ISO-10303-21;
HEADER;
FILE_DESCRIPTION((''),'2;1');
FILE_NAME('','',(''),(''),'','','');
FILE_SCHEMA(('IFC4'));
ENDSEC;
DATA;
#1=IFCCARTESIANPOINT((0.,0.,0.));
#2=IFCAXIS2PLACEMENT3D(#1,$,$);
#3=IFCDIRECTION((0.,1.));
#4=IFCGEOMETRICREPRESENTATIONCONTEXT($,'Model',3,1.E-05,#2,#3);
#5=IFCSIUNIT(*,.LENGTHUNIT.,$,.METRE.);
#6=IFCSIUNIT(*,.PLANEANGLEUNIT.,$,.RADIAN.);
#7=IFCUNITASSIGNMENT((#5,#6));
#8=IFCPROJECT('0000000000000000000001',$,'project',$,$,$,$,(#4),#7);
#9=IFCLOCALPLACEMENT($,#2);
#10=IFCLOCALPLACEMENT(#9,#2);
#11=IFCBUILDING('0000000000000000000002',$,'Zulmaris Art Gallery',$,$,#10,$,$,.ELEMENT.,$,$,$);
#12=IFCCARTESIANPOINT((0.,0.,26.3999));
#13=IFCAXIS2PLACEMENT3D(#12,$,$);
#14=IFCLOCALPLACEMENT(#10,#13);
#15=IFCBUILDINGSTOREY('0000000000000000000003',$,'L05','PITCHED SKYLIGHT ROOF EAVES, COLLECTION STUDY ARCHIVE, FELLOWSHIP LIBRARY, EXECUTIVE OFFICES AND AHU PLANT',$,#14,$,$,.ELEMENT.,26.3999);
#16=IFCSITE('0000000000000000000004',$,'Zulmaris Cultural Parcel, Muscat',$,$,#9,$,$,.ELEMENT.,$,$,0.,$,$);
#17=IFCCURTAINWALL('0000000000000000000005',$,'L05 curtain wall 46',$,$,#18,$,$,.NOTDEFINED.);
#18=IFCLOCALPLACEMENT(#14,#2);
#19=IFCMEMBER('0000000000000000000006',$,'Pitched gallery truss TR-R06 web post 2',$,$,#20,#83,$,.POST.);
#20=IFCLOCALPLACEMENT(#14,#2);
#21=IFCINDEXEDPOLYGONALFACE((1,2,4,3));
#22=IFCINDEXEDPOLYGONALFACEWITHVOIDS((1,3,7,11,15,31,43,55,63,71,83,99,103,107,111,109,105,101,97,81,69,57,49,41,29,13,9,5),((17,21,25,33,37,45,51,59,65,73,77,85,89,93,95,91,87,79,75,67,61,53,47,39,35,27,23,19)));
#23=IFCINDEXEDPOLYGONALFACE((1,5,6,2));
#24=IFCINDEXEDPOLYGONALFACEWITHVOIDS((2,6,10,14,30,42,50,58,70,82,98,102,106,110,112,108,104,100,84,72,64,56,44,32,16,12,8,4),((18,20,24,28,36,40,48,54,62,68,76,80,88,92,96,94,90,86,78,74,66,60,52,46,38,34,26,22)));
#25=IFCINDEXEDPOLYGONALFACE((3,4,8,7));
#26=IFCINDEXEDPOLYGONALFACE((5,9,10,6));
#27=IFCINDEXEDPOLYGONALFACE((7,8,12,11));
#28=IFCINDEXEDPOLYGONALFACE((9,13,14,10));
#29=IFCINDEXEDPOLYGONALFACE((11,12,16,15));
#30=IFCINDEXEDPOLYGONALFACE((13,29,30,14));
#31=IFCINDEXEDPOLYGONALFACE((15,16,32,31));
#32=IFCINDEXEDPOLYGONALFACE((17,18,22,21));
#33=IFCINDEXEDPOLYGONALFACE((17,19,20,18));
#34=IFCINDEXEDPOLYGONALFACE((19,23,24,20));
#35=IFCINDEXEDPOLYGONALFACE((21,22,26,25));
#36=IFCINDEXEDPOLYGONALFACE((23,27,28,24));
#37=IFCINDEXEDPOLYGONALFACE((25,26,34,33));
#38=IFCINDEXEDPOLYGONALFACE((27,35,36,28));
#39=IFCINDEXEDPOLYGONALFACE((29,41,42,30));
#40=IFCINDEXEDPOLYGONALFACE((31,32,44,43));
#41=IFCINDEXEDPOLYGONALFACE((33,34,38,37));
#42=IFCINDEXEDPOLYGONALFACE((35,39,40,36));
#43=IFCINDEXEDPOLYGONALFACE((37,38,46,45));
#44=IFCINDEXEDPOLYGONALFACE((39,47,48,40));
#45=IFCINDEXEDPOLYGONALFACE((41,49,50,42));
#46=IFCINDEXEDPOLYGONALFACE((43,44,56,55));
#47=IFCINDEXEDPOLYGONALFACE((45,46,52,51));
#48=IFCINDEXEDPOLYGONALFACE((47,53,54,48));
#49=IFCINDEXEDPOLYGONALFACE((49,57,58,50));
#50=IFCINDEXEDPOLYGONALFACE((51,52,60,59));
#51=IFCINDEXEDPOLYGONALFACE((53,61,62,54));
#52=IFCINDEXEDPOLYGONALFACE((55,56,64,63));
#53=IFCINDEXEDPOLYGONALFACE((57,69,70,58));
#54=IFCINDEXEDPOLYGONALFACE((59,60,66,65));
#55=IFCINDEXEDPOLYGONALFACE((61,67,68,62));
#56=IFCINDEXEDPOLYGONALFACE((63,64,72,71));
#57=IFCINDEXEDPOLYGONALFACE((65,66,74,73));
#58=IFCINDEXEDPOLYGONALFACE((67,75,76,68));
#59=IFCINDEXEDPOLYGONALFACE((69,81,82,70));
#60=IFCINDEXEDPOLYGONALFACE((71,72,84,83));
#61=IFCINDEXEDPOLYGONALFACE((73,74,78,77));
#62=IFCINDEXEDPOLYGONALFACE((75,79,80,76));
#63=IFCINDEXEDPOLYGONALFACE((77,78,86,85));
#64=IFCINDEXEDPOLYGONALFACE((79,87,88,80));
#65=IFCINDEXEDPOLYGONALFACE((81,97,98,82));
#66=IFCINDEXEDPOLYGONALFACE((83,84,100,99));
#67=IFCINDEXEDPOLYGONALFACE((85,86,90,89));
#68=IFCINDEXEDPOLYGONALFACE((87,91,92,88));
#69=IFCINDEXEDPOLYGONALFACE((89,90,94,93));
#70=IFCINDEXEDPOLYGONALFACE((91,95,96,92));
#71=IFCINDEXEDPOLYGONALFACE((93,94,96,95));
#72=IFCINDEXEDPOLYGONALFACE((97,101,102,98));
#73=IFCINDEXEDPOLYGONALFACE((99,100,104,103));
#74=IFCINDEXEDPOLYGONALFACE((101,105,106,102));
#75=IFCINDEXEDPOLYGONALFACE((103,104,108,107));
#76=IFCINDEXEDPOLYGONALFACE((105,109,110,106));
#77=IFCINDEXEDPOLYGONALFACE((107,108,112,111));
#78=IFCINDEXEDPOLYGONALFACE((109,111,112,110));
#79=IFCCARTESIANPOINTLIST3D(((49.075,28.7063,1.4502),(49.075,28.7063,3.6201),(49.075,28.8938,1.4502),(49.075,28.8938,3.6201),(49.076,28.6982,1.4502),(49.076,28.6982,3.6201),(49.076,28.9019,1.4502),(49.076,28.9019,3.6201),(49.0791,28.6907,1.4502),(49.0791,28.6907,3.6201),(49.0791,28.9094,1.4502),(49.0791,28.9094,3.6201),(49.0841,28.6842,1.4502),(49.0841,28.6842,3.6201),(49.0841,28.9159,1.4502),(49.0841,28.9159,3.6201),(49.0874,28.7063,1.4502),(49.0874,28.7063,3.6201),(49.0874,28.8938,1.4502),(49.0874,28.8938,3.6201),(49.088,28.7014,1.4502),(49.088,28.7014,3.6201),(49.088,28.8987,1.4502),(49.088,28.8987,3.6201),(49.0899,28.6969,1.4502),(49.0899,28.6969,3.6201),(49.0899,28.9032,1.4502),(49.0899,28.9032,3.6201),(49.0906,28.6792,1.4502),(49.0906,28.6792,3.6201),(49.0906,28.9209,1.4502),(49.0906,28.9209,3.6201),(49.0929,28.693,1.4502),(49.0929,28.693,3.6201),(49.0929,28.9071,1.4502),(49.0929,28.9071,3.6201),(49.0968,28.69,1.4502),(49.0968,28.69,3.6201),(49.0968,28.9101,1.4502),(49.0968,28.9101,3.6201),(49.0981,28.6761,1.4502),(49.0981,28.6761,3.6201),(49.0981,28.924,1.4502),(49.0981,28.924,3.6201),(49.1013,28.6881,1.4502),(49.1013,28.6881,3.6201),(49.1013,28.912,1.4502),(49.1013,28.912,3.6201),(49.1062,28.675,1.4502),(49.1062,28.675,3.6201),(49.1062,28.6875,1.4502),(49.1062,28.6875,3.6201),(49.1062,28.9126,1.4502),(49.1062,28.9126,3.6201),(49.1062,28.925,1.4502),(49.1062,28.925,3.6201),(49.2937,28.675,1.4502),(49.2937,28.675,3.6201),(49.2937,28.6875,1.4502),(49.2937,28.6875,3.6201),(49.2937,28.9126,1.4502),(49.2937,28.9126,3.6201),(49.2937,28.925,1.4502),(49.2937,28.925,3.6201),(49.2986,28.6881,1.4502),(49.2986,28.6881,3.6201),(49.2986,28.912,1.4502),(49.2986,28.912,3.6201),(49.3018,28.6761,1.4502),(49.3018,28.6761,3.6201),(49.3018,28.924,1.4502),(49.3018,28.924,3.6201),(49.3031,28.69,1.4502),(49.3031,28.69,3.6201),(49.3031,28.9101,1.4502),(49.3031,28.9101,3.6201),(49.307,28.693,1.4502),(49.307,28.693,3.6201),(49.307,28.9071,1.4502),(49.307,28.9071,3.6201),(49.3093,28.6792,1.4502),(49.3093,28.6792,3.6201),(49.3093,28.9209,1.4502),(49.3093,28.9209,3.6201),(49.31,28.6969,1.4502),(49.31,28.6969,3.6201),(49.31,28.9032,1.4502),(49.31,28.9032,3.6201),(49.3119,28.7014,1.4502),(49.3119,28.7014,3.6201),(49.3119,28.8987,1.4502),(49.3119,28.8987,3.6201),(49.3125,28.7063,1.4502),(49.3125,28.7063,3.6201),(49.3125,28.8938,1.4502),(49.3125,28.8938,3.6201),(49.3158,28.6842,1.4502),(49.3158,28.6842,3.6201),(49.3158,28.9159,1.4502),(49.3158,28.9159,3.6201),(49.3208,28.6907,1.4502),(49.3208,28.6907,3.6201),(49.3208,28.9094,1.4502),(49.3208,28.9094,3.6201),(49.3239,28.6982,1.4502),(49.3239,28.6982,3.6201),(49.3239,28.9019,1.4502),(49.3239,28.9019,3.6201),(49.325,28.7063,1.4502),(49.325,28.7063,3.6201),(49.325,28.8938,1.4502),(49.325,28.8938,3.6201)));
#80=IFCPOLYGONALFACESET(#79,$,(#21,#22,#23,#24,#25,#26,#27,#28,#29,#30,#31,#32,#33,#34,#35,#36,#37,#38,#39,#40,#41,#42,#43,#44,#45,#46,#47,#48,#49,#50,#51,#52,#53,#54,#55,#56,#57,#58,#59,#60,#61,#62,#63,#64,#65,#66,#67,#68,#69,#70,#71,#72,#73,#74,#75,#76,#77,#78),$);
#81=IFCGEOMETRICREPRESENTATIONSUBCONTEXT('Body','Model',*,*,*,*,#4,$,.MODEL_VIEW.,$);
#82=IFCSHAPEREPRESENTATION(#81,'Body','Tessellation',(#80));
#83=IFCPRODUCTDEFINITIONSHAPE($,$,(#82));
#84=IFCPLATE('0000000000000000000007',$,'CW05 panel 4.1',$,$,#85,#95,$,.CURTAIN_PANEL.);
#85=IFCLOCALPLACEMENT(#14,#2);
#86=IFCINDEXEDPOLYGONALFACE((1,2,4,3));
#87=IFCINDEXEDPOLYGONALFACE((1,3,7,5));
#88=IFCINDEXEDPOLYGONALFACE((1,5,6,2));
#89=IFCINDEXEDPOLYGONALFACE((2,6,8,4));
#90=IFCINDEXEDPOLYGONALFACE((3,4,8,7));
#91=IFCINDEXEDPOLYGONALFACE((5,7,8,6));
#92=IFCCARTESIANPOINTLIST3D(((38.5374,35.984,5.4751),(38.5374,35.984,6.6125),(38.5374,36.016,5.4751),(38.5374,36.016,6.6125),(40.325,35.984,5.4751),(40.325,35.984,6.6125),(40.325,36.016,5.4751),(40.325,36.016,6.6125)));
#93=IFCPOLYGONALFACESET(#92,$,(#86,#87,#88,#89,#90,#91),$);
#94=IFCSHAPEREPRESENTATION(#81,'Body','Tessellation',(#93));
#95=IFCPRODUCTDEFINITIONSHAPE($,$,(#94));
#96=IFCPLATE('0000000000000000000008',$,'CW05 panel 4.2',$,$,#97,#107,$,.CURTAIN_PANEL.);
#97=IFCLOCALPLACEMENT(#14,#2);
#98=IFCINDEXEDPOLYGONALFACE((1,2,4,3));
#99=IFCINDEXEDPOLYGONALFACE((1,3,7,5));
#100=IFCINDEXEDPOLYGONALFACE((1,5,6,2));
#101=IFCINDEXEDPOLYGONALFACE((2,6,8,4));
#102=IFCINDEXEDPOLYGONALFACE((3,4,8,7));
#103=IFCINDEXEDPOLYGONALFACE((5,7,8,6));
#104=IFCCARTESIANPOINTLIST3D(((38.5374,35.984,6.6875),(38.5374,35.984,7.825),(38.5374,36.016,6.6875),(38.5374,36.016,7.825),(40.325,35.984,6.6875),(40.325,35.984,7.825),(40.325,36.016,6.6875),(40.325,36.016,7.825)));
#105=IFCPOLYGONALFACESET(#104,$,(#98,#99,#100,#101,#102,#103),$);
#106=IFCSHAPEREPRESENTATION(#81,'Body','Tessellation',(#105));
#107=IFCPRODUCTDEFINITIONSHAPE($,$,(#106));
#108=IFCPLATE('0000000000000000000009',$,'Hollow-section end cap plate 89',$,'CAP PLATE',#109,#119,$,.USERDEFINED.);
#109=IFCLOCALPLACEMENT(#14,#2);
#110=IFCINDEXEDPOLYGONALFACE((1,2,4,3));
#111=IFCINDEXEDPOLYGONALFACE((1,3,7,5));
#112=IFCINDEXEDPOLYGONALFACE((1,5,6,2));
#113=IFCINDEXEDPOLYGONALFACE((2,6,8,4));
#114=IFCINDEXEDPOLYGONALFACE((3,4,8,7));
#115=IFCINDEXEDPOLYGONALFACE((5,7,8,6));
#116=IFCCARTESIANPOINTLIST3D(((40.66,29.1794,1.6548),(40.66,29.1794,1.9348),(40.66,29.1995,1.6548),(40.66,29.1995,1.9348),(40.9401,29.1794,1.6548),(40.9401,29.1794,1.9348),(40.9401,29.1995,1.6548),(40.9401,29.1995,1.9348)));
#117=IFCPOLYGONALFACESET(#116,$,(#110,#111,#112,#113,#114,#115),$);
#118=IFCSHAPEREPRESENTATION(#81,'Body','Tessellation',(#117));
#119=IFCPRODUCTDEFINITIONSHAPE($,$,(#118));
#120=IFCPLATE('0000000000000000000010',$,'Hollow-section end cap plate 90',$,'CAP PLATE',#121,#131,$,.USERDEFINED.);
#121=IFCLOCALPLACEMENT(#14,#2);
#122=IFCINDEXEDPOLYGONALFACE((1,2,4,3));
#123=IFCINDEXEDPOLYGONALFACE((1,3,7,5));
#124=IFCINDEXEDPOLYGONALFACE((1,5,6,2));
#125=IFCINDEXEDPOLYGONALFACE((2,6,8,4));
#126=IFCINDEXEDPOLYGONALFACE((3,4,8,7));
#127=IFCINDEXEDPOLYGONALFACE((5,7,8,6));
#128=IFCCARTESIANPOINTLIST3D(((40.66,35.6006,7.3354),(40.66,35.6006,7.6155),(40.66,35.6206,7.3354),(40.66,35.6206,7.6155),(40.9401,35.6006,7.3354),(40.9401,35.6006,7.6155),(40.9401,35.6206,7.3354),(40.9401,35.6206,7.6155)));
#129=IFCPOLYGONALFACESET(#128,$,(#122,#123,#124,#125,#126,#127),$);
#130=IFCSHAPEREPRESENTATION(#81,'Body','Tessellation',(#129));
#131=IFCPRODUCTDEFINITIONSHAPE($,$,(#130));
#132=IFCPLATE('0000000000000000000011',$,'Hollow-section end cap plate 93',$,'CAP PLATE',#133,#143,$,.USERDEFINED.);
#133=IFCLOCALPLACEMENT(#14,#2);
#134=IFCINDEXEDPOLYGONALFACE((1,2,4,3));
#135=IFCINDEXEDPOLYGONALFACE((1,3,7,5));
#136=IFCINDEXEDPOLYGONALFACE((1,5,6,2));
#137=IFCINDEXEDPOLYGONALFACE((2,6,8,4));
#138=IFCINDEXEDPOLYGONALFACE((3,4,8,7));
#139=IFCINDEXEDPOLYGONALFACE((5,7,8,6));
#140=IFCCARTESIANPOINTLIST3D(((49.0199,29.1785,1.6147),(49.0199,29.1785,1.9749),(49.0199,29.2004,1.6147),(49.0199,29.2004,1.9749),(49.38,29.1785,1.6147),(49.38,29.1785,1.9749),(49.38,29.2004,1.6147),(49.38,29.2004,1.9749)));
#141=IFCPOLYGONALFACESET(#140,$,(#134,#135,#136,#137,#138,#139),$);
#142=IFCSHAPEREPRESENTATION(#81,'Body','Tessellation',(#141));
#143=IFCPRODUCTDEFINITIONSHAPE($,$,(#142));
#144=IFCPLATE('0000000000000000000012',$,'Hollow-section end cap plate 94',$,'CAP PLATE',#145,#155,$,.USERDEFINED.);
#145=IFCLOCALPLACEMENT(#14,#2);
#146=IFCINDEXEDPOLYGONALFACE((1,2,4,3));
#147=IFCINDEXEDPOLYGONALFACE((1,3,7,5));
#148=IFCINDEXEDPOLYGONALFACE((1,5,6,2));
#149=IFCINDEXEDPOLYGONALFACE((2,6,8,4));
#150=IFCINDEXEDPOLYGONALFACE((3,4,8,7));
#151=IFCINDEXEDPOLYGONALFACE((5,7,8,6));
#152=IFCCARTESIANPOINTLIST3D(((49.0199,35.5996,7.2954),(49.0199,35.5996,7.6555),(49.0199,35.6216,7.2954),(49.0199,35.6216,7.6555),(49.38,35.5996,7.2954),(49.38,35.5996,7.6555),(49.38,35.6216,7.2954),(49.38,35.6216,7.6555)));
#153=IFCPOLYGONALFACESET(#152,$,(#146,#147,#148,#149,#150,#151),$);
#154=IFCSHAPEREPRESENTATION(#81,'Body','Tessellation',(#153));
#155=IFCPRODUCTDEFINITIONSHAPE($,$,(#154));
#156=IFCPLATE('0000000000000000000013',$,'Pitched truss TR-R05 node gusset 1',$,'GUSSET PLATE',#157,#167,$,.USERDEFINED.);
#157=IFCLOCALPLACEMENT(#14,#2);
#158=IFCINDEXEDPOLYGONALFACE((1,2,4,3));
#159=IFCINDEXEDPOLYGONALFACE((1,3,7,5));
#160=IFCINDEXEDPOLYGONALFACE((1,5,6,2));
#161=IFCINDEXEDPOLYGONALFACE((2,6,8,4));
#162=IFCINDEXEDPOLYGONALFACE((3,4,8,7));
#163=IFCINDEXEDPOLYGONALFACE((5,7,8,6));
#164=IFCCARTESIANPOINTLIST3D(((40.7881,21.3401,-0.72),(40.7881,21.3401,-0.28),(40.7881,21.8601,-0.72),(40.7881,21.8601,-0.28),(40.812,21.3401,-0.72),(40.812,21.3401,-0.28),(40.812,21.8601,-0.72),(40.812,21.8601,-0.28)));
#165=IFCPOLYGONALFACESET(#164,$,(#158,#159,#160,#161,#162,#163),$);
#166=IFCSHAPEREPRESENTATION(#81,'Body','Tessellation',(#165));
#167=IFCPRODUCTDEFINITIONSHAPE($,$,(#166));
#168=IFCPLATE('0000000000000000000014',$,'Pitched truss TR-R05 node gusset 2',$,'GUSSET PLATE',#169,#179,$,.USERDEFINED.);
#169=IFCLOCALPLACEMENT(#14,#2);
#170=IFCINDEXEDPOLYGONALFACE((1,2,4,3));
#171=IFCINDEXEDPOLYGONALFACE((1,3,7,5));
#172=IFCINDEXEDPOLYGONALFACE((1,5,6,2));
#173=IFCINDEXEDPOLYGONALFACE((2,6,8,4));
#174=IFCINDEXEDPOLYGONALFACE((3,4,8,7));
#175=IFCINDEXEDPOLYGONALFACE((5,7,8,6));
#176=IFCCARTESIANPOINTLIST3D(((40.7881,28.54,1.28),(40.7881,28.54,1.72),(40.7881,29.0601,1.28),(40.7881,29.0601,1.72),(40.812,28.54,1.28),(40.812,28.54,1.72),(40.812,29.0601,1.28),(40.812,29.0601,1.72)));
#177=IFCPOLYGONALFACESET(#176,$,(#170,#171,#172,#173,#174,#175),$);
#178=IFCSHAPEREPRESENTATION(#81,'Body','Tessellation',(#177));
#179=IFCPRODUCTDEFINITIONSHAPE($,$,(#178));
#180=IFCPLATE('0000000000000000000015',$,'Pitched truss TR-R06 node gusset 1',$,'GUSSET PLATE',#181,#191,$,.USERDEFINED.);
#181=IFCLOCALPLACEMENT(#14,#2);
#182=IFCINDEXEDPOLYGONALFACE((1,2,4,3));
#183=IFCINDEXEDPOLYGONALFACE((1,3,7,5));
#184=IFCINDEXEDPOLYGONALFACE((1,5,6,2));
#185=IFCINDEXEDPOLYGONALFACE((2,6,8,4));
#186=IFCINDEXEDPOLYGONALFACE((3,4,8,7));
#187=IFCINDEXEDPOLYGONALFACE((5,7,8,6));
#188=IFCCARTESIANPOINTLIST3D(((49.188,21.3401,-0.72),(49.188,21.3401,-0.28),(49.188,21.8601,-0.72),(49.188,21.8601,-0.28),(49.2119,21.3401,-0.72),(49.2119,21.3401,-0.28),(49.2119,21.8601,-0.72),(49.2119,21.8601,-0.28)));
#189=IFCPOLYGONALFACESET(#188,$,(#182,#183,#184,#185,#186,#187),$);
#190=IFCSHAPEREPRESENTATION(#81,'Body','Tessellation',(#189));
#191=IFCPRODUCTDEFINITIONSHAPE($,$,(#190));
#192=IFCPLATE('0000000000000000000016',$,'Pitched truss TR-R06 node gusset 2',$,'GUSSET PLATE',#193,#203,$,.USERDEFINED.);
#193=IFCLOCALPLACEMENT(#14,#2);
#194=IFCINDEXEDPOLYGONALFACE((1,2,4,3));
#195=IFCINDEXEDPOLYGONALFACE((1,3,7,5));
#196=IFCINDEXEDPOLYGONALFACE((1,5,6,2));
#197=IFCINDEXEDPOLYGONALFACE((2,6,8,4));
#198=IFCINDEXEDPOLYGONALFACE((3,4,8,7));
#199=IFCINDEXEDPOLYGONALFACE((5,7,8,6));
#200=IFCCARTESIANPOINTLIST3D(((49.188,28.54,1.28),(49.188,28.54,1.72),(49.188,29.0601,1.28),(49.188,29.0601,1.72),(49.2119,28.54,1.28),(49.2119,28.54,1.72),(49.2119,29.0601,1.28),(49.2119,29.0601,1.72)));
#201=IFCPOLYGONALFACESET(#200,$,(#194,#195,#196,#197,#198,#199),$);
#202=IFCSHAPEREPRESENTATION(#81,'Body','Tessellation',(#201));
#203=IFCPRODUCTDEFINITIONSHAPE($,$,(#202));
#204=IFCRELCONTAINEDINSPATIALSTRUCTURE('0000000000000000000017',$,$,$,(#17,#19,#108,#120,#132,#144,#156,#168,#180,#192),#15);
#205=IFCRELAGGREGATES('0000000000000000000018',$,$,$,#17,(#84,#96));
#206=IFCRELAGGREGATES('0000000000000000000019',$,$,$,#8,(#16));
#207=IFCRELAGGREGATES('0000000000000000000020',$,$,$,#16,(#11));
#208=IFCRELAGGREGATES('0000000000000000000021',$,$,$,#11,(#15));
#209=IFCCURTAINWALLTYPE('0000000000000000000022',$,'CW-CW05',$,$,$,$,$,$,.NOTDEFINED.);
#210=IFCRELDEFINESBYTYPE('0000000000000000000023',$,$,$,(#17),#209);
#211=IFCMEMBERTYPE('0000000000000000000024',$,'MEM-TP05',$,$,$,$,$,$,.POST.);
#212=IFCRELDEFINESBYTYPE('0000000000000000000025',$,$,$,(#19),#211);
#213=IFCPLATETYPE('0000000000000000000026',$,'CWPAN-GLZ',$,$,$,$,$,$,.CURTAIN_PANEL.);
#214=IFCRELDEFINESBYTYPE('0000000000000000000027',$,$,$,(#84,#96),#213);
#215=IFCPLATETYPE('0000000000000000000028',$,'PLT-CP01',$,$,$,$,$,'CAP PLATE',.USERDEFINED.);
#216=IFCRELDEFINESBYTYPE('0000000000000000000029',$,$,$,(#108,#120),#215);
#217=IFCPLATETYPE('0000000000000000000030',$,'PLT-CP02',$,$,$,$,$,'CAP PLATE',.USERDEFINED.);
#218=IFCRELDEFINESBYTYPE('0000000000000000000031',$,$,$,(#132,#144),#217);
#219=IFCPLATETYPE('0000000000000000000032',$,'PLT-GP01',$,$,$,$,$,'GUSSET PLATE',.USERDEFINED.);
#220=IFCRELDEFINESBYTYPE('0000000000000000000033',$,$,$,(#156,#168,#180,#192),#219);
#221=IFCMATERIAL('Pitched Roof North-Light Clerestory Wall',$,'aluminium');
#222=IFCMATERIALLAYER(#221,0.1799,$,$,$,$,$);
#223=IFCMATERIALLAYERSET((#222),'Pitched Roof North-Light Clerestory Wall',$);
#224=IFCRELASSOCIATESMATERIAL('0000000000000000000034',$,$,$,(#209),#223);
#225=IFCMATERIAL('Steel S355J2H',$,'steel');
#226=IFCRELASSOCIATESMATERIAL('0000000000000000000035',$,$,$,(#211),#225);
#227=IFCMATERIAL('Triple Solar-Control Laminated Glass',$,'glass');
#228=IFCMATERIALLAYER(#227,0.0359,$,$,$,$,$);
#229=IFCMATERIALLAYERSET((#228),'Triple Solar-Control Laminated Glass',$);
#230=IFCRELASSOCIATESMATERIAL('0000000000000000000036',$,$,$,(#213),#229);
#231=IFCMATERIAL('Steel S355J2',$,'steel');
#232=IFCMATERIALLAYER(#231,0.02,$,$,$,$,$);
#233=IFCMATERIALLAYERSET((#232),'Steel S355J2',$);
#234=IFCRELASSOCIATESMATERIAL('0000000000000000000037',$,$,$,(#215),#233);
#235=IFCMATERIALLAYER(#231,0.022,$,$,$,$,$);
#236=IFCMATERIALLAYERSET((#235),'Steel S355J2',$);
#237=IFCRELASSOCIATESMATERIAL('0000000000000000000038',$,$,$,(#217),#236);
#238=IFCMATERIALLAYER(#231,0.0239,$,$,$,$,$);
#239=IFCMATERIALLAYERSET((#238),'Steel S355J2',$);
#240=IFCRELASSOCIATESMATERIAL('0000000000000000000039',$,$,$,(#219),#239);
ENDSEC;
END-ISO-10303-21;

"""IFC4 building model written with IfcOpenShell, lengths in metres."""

from ifc_helpers import new_model, si_unit, direction, frame, origin, origin_2d, place, context, subcontext, project, spatial, rectangle, hollow_rectangle, extrude, material, layer, layer_set, material_profile, profile_set, type_object, element, aggregate, save


model = new_model("IFC4")

# Units and contexts
model_context = context("Model", 3, precision=1e-05, world=origin(), true_north=direction((0.0, 1.0)))
body_context = subcontext(model_context, "Body", "Model", "MODEL_VIEW")
ifc_project = project(units=[si_unit("LENGTHUNIT", "METRE"), si_unit("PLANEANGLEUNIT", "RADIAN")], contexts=[model_context])

# Site, building, storey
site_placement = place(None, origin())
site = spatial("IfcSite", under=ifc_project, at=site_placement, Name="Zulmaris Cultural Parcel, Muscat", CompositionType="ELEMENT", RefElevation=0.0)
building_placement = place(site_placement, origin())
building = spatial("IfcBuilding", under=site, at=building_placement, Name="Zulmaris Art Gallery", CompositionType="ELEMENT")
storey_placement = place(building_placement, frame((0.0, 0.0, 26.3999)))
storey = spatial("IfcBuildingStorey", under=building, at=storey_placement, Name="L05", Description="PITCHED SKYLIGHT ROOF EAVES, COLLECTION STUDY ARCHIVE, FELLOWSHIP LIBRARY, EXECUTIVE OFFICES AND AHU PLANT", CompositionType="ELEMENT", Elevation=26.3999)

# Curtain wall
ifc_material_1 = material(Name="Pitched Roof North-Light Clerestory Wall", Category="aluminium")
ifc_layer_1 = layer(ifc_material_1, 0.1799)
ifc_layer_set_1 = layer_set([ifc_layer_1], Name="Pitched Roof North-Light Clerestory Wall")
curtain_wall_type = type_object("IfcCurtainWallType", Name="CW-CW05", PredefinedType="NOTDEFINED", material=ifc_layer_set_1)
curtain_wall_placement = place(storey_placement, origin())
curtain_wall = element("IfcCurtainWall", 1, at=curtain_wall_placement, inside=storey, type_object=curtain_wall_type, Name="L05 curtain wall 46", PredefinedType="NOTDEFINED")

# Member
ifc_material_2 = material(Name="Steel S355J2H", Category="steel")
ifc_material_3 = material(Name="Steel S355J2", Category="steel")
ifc_material_profile_1 = material_profile(ifc_material_2, hollow_rectangle(XDim=0.25, YDim=0.25, WallThickness=0.0125, InnerFilletRadius=0.0188, OuterFilletRadius=0.0312, at=origin_2d()), Name="SHS 250x250x12.5")
ifc_profile_set_1 = profile_set([ifc_material_profile_1], Name="Steel S355J2H")
member_type_1 = type_object("IfcMemberType", Name="MEM-TP05", PredefinedType="POST", material=ifc_profile_set_1)
for number, where, z_axis, x_axis, name in (
    (2, (49.2, 28.8, 1.4502), (0.0, 0.0, 1.0), (1.0, 0.0, 0.0), "Pitched gallery truss TR-R06 web post 2"),
):
    element("IfcMember", number, at=place(storey_placement, frame(where, z_axis=z_axis, x_axis=x_axis)), inside=storey, type_object=member_type_1, Name=name, PredefinedType="POST", context=body_context, shape_type="SweptSolid", body=[
        extrude(hollow_rectangle(XDim=0.25, YDim=0.25, WallThickness=0.0125, InnerFilletRadius=0.0188, OuterFilletRadius=0.0312, at=origin_2d()), origin(), (0.0, 0.0, 1.0), 2.1699),
    ])

# Plates
ifc_material_4 = material(Name="Triple Solar-Control Laminated Glass", Category="glass")
ifc_layer_2 = layer(ifc_material_4, 0.0359)
ifc_layer_set_2 = layer_set([ifc_layer_2], Name="Triple Solar-Control Laminated Glass")
plate_type_1 = type_object("IfcPlateType", Name="CWPAN-GLZ", PredefinedType="CURTAIN_PANEL", material=ifc_layer_set_2)
plate_1_placement = place(storey_placement, frame((39.4312, 36.0, 5.4751), z_axis=(0.0, 0.0, 1.0), x_axis=(1.0, 0.0, 0.0)))
plate_1 = element("IfcPlate", 3, at=plate_1_placement, type_object=plate_type_1, Name="CW05 panel 4.1", PredefinedType="CURTAIN_PANEL", context=body_context, shape_type="SweptSolid", body=[
    extrude(rectangle(XDim=1.7876, YDim=0.032, at=origin_2d()), origin(), (0.0, 0.0, 1.0), 1.1375),
])
plate_2_placement = place(storey_placement, frame((39.4312, 36.0, 6.6875), z_axis=(0.0, 0.0, 1.0), x_axis=(1.0, 0.0, 0.0)))
plate_2 = element("IfcPlate", 4, at=plate_2_placement, type_object=plate_type_1, Name="CW05 panel 4.2", PredefinedType="CURTAIN_PANEL", context=body_context, shape_type="SweptSolid", body=[
    extrude(rectangle(XDim=1.7876, YDim=0.032, at=origin_2d()), origin(), (0.0, 0.0, 1.0), 1.1375),
])
aggregate(curtain_wall, [plate_1, plate_2])

# Plates
ifc_layer_3 = layer(ifc_material_3, 0.02)
ifc_layer_set_3 = layer_set([ifc_layer_3], Name="Steel S355J2")
plate_type_2 = type_object("IfcPlateType", Name="PLT-CP01", ElementType="CAP PLATE", PredefinedType="USERDEFINED", material=ifc_layer_set_3)
for number, where, z_axis, x_axis, name in (
    (5, (40.8, 29.1895, 1.6548), (0.0, 0.0, 1.0), (1.0, 0.0, 0.0), "Hollow-section end cap plate 89"),
    (6, (40.8, 35.6106, 7.3354), (0.0, 0.0, 1.0), (1.0, 0.0, 0.0), "Hollow-section end cap plate 90"),
):
    element("IfcPlate", number, at=place(storey_placement, frame(where, z_axis=z_axis, x_axis=x_axis)), inside=storey, type_object=plate_type_2, Name=name, ObjectType="CAP PLATE", PredefinedType="USERDEFINED", context=body_context, shape_type="SweptSolid", body=[
        extrude(rectangle(XDim=0.28, YDim=0.02, at=origin_2d()), origin(), (0.0, 0.0, 1.0), 0.28),
    ])
ifc_layer_4 = layer(ifc_material_3, 0.022)
ifc_layer_set_4 = layer_set([ifc_layer_4], Name="Steel S355J2")
plate_type_3 = type_object("IfcPlateType", Name="PLT-CP02", ElementType="CAP PLATE", PredefinedType="USERDEFINED", material=ifc_layer_set_4)
for number, where, z_axis, x_axis, name in (
    (7, (49.2, 29.1895, 1.6147), (0.0, 0.0, 1.0), (1.0, 0.0, 0.0), "Hollow-section end cap plate 93"),
    (8, (49.2, 35.6106, 7.2954), (0.0, 0.0, 1.0), (1.0, 0.0, 0.0), "Hollow-section end cap plate 94"),
):
    element("IfcPlate", number, at=place(storey_placement, frame(where, z_axis=z_axis, x_axis=x_axis)), inside=storey, type_object=plate_type_3, Name=name, ObjectType="CAP PLATE", PredefinedType="USERDEFINED", context=body_context, shape_type="SweptSolid", body=[
        extrude(rectangle(XDim=0.3601, YDim=0.022, at=origin_2d()), origin(), (0.0, 0.0, 1.0), 0.3601),
    ])
ifc_layer_5 = layer(ifc_material_3, 0.0239)
ifc_layer_set_5 = layer_set([ifc_layer_5], Name="Steel S355J2")
plate_type_4 = type_object("IfcPlateType", Name="PLT-GP01", ElementType="GUSSET PLATE", PredefinedType="USERDEFINED", material=ifc_layer_set_5)
for number, where, z_axis, x_axis, name in (
    (9, (40.8, 21.6001, -0.72), (0.0, 0.0, 1.0), (1.0, 0.0, 0.0), "Pitched truss TR-R05 node gusset 1"),
    (10, (40.8, 28.8, 1.28), (0.0, 0.0, 1.0), (1.0, 0.0, 0.0), "Pitched truss TR-R05 node gusset 2"),
    (11, (49.2, 21.6001, -0.72), (0.0, 0.0, 1.0), (1.0, 0.0, 0.0), "Pitched truss TR-R06 node gusset 1"),
    (12, (49.2, 28.8, 1.28), (0.0, 0.0, 1.0), (1.0, 0.0, 0.0), "Pitched truss TR-R06 node gusset 2"),
):
    element("IfcPlate", number, at=place(storey_placement, frame(where, z_axis=z_axis, x_axis=x_axis)), inside=storey, type_object=plate_type_4, Name=name, ObjectType="GUSSET PLATE", PredefinedType="USERDEFINED", context=body_context, shape_type="SweptSolid", body=[
        extrude(rectangle(XDim=0.0239, YDim=0.52, at=origin_2d()), origin(), (0.0, 0.0, 1.0), 0.4399),
    ])

save(model, "model.ifc")
